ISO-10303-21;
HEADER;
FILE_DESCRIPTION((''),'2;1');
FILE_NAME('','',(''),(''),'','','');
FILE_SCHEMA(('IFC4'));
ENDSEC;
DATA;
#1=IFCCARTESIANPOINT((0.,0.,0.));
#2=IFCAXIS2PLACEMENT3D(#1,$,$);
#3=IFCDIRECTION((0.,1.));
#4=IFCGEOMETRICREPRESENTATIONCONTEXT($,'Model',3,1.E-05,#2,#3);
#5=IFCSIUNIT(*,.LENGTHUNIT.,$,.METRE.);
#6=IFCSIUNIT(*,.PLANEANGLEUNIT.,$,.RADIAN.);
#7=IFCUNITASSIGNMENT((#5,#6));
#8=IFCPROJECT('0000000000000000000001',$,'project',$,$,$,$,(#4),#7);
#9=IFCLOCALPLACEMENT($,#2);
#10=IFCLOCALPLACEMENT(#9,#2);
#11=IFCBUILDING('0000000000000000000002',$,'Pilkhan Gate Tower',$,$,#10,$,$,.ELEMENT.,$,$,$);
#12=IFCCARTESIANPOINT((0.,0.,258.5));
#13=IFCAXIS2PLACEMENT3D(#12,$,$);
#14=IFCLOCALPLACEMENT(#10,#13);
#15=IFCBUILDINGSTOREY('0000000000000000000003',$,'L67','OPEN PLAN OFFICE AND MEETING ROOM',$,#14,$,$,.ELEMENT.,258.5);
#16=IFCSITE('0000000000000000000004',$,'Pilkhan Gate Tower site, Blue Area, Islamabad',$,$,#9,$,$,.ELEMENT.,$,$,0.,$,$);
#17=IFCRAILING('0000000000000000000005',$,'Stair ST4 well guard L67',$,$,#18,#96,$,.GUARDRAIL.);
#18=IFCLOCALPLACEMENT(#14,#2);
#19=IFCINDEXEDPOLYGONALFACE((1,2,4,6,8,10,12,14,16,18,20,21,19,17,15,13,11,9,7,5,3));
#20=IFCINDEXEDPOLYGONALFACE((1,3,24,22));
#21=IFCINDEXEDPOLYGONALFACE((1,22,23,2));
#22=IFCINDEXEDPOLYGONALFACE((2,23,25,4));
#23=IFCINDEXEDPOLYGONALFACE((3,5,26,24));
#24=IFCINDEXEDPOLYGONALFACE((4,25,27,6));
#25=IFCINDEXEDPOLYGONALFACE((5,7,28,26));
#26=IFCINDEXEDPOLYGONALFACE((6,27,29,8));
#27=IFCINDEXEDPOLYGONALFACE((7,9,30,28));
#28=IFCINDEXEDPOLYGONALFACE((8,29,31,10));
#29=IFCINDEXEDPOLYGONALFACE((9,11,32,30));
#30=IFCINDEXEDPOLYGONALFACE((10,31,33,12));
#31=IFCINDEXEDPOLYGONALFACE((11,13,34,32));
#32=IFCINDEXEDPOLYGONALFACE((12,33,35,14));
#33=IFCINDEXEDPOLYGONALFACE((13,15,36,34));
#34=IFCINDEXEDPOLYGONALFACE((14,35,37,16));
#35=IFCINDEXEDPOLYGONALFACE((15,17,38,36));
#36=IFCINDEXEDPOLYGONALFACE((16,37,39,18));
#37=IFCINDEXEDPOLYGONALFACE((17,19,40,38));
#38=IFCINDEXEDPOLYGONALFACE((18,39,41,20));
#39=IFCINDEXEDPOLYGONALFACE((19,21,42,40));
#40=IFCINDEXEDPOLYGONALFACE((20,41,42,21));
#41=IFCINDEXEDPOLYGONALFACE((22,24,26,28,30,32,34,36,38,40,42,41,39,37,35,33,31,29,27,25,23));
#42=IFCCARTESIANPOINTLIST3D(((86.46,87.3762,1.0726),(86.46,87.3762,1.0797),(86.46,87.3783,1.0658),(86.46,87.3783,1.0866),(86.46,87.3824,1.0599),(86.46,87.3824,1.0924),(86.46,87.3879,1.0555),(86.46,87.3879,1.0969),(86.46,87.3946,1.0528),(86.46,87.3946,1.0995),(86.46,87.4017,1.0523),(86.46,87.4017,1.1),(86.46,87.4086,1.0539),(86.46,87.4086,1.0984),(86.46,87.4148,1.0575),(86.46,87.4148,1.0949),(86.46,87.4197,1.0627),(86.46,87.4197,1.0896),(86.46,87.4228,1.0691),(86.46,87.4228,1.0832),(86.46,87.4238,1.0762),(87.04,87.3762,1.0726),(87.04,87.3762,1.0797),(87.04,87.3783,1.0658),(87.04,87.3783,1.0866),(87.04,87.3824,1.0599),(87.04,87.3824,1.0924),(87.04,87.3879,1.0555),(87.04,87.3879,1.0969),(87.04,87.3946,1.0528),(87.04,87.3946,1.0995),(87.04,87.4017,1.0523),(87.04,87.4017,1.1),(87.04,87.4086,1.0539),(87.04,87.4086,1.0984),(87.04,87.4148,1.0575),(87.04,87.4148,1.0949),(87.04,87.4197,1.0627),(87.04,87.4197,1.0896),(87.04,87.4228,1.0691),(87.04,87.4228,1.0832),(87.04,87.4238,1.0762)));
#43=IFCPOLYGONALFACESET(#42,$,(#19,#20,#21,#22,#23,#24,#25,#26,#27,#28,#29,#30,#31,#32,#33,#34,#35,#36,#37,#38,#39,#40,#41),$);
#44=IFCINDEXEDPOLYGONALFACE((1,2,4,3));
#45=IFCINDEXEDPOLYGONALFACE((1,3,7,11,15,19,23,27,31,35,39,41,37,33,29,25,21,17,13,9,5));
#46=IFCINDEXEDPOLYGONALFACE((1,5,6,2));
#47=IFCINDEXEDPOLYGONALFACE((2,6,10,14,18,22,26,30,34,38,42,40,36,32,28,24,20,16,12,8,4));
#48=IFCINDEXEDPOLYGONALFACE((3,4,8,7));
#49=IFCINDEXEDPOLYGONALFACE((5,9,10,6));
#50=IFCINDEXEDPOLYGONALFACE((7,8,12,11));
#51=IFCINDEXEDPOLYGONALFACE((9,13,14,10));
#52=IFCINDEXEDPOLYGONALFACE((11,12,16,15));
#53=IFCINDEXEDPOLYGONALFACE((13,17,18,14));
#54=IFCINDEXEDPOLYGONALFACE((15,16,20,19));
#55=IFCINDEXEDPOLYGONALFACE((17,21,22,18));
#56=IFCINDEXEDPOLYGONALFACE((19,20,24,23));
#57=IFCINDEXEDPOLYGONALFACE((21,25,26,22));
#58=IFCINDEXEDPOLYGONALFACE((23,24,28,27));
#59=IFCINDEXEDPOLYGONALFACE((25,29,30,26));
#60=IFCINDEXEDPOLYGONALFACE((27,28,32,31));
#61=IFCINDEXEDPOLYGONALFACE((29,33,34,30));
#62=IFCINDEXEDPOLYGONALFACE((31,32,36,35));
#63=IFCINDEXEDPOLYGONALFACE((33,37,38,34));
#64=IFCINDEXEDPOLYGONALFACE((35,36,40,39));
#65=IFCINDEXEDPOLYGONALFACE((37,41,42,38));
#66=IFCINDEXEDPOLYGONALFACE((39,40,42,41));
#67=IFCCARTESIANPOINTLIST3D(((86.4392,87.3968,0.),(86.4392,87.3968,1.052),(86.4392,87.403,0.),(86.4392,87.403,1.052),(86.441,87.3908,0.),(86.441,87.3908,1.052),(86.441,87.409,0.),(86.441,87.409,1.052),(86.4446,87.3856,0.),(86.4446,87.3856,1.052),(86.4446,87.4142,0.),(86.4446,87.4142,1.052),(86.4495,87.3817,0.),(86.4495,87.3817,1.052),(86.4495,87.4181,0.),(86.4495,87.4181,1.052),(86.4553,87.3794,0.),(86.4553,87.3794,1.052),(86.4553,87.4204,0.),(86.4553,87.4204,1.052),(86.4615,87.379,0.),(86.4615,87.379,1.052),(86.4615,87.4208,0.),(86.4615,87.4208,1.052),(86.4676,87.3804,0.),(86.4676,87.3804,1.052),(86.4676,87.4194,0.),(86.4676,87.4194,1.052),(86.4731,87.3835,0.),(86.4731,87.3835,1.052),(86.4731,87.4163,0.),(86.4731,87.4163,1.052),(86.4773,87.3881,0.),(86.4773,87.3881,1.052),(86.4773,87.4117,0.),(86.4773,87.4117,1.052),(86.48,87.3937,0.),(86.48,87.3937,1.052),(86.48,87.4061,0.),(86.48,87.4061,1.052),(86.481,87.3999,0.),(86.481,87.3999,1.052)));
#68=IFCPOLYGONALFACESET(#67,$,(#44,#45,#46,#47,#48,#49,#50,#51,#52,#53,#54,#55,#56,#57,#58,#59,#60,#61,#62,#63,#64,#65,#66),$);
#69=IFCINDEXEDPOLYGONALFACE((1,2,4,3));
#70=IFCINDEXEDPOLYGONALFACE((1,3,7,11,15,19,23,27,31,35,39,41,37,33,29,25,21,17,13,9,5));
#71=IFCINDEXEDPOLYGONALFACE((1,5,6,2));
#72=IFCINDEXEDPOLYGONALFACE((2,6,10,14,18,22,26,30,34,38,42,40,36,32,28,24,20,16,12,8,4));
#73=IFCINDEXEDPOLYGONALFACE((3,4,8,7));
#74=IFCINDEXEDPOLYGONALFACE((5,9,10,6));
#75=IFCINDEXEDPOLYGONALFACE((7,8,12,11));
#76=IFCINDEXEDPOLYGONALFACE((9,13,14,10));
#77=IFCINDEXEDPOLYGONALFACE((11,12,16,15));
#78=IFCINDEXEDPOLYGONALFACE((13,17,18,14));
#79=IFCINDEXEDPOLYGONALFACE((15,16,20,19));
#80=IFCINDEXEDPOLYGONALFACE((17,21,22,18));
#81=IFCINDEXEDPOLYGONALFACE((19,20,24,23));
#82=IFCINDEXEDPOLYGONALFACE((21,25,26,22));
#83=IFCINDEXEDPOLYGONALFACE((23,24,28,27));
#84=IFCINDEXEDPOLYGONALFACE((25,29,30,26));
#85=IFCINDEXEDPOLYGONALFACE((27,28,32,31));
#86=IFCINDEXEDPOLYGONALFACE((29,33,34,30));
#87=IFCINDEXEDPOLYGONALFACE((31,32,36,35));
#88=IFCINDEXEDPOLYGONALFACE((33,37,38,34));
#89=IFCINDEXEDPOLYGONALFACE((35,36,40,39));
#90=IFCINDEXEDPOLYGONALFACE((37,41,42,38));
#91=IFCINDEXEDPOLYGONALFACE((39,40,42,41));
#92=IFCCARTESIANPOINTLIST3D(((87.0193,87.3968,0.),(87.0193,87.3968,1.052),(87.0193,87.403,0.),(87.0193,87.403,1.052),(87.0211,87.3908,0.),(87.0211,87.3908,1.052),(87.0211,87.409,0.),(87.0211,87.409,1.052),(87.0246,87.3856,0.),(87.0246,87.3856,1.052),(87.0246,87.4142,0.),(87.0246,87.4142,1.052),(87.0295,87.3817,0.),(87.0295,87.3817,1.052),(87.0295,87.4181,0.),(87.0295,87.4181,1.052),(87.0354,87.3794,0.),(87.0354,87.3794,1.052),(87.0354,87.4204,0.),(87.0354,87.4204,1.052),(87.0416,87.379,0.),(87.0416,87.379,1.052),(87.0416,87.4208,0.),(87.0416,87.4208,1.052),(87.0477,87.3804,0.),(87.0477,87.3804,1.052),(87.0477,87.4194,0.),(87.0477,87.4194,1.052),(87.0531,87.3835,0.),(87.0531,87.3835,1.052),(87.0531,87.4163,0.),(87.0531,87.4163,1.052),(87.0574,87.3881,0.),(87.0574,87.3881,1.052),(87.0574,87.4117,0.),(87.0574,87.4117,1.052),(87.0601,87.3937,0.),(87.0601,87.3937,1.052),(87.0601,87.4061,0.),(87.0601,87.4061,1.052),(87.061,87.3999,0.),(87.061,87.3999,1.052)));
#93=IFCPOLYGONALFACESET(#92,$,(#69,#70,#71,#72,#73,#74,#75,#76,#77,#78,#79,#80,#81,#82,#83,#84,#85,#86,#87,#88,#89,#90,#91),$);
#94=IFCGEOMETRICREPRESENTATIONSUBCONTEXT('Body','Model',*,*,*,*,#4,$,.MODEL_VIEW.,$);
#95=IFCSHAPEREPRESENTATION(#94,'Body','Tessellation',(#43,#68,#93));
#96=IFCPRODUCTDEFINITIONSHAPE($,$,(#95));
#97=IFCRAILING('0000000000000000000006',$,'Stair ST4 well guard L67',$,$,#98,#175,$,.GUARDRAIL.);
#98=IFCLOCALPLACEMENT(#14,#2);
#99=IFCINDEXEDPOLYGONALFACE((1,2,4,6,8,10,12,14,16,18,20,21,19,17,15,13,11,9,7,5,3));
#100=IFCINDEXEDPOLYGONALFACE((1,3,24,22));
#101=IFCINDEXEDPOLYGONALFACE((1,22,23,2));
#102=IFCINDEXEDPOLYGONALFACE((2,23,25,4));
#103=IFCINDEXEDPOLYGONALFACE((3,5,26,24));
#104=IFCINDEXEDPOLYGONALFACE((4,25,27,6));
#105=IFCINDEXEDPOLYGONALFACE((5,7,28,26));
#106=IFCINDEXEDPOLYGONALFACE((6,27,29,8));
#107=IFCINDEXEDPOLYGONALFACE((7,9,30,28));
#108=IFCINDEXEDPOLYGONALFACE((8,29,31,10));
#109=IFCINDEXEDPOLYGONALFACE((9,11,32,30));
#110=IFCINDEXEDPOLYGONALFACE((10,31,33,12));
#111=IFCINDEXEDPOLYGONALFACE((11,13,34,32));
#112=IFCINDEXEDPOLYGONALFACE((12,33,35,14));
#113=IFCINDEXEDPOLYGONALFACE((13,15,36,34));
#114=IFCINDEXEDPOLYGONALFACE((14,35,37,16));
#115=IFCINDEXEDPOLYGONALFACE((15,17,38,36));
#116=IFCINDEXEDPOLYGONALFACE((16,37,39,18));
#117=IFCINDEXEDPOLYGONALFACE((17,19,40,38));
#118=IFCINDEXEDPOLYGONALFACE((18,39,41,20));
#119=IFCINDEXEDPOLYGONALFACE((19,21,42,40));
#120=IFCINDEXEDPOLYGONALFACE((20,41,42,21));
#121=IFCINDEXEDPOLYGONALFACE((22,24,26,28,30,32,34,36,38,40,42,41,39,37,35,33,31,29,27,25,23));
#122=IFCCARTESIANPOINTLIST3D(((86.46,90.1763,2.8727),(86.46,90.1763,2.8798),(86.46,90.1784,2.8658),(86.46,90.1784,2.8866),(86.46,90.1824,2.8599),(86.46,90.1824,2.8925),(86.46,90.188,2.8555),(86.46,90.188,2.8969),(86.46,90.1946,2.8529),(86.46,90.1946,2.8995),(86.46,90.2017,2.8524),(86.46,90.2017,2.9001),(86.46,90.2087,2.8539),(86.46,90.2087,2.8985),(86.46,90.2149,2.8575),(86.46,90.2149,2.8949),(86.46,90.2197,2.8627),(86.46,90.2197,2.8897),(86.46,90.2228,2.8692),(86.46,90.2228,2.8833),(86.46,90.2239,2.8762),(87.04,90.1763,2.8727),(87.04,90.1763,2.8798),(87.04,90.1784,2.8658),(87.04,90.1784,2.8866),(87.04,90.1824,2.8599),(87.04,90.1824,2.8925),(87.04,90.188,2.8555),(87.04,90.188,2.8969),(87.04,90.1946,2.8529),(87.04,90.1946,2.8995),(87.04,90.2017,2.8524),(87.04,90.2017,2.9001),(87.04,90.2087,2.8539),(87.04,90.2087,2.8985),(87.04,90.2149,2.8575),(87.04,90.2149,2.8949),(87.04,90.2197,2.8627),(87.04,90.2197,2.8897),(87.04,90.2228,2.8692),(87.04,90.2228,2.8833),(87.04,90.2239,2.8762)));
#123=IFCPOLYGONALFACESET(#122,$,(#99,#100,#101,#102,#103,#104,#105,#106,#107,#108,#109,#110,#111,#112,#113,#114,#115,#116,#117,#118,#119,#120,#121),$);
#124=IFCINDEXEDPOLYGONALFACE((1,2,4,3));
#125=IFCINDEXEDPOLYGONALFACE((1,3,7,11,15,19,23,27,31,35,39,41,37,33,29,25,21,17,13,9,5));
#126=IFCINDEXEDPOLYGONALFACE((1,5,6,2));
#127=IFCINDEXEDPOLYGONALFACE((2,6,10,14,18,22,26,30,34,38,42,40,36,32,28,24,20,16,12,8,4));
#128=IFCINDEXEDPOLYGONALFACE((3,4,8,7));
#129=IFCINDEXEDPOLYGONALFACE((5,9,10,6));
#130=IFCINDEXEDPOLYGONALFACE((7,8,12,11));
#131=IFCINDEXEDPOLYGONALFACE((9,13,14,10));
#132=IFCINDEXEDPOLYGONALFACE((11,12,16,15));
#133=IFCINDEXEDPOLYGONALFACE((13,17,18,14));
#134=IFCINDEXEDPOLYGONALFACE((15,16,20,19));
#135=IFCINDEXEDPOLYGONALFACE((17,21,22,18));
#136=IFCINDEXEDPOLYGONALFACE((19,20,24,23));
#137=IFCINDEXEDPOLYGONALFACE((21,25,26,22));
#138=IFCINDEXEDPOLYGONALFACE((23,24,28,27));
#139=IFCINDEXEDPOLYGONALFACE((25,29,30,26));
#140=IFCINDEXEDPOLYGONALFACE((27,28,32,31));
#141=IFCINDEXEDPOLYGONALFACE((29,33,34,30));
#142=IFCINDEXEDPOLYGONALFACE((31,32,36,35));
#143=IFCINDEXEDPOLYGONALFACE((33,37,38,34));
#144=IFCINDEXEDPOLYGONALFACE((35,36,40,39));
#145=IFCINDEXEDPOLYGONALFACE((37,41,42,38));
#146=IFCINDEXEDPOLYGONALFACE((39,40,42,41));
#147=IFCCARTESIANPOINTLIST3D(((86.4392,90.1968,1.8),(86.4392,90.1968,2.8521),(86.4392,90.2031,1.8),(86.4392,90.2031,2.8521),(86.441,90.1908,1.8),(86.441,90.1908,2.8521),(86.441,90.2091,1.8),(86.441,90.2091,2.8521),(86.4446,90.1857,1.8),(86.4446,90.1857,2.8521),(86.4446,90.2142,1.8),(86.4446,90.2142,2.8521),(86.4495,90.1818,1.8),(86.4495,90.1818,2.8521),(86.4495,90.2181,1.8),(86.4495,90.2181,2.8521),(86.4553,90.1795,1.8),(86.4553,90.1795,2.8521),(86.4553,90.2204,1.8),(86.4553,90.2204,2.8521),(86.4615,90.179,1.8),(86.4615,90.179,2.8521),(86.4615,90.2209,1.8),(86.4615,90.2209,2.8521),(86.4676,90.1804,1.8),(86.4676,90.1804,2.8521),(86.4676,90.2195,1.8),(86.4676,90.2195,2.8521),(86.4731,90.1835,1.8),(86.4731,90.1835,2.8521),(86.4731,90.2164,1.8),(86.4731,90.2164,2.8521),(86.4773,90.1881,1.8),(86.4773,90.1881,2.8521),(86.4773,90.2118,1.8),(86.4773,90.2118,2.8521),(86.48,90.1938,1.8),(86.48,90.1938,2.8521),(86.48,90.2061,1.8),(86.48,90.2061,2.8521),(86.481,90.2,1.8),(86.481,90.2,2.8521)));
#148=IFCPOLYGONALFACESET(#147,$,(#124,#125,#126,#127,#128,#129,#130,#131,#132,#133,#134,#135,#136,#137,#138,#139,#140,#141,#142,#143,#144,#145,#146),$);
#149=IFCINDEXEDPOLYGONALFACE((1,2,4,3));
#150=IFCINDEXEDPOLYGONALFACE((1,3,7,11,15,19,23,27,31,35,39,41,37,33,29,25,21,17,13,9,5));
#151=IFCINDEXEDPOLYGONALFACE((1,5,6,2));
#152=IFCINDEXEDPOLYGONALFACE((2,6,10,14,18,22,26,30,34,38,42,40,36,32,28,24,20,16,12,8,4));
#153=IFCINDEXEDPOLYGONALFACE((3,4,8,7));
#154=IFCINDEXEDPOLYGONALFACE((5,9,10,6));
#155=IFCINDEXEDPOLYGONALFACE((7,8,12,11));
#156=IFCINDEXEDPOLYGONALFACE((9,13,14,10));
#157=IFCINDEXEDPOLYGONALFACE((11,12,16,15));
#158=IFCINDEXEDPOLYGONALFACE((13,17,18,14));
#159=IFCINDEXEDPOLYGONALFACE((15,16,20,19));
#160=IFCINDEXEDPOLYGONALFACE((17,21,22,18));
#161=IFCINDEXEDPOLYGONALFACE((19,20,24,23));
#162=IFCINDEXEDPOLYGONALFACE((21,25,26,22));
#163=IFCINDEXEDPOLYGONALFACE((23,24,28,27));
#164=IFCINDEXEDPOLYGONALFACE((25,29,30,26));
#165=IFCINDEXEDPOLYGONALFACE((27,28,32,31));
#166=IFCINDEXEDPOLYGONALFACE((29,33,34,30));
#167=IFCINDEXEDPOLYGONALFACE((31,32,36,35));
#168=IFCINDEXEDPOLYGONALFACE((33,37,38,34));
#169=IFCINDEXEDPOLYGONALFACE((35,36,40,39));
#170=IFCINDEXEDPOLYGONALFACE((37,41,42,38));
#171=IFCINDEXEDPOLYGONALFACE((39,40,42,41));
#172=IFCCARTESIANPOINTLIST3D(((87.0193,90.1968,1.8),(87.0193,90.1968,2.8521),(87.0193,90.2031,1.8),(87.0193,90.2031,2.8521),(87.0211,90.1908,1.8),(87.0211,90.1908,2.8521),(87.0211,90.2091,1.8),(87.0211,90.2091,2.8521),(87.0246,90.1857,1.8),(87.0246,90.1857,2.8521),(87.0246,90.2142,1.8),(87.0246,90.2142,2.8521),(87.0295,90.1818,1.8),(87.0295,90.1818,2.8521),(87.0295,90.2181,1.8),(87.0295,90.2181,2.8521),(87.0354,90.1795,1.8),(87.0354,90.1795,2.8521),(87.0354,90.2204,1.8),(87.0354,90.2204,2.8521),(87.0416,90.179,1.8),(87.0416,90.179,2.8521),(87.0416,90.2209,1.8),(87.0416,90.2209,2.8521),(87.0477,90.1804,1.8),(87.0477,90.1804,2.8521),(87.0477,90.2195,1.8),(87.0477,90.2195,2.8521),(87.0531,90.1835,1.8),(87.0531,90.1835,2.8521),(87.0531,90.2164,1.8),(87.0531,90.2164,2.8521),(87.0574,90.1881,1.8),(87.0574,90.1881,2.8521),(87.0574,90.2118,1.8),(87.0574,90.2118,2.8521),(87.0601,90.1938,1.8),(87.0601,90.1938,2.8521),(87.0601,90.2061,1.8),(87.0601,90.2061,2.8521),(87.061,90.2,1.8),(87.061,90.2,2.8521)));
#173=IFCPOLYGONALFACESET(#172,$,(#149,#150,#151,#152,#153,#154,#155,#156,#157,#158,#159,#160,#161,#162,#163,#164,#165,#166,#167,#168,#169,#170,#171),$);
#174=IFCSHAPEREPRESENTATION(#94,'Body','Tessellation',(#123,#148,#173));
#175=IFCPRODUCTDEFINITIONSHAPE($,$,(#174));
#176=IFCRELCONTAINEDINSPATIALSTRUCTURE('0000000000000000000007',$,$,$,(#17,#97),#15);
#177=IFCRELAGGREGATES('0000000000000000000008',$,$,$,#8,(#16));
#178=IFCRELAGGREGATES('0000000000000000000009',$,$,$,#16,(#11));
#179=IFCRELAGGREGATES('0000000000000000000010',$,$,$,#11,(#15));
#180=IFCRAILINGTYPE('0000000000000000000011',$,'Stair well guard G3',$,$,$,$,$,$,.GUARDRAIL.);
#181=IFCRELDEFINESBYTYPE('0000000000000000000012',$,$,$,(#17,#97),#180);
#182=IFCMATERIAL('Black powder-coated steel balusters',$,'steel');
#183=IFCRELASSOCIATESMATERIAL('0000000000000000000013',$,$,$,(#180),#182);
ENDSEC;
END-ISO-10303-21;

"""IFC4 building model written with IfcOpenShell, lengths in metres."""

from ifc_helpers import new_model, si_unit, direction, frame, origin, origin_2d, place, context, subcontext, project, spatial, circle, extrude, material, type_object, element, save


model = new_model("IFC4")

# Units and contexts
model_context = context("Model", 3, precision=1e-05, world=origin(), true_north=direction((0.0, 1.0)))
body_context = subcontext(model_context, "Body", "Model", "MODEL_VIEW")
ifc_project = project(units=[si_unit("LENGTHUNIT", "METRE"), si_unit("PLANEANGLEUNIT", "RADIAN")], contexts=[model_context])

# Site, building, storey
site_placement = place(None, origin())
site = spatial("IfcSite", under=ifc_project, at=site_placement, Name="Pilkhan Gate Tower site, Blue Area, Islamabad", CompositionType="ELEMENT", RefElevation=0.0)
building_placement = place(site_placement, origin())
building = spatial("IfcBuilding", under=site, at=building_placement, Name="Pilkhan Gate Tower", CompositionType="ELEMENT")
storey_placement = place(building_placement, frame((0.0, 0.0, 258.5)))
storey = spatial("IfcBuildingStorey", under=building, at=storey_placement, Name="L67", Description="OPEN PLAN OFFICE AND MEETING ROOM", CompositionType="ELEMENT", Elevation=258.5)

# Railings
ifc_material_1 = material(Name="Black powder-coated steel balusters", Category="steel")
railing_type_1 = type_object("IfcRailingType", Name="Stair well guard G3", PredefinedType="GUARDRAIL", material=ifc_material_1)
for number, where, name in (
    (1, (86.46, 87.3999, 0.0), "Stair ST4 well guard L67"),
    (2, (86.46, 90.2, 1.8), "Stair ST4 well guard L67"),
):
    element("IfcRailing", number, at=place(storey_placement, frame(where)), inside=storey, type_object=railing_type_1, Name=name, PredefinedType="GUARDRAIL", context=body_context, shape_type="SweptSolid", body=[
        extrude(circle(Radius=0.0239, at=origin_2d()), frame((0.0, 0.0, 1.0762), z_axis=(1.0, 0.0, 0.0), x_axis=(0.0, 1.0, 0.0)), (0.0, 0.0, 1.0), 0.5801),
        extrude(circle(Radius=0.021, at=origin_2d()), origin(), (0.0, 0.0, 1.0), 1.052),
        extrude(circle(Radius=0.021, at=origin_2d()), frame((0.5801, 0.0, 0.0)), (0.0, 0.0, 1.0), 1.052),
    ])

save(model, "model.ifc")
